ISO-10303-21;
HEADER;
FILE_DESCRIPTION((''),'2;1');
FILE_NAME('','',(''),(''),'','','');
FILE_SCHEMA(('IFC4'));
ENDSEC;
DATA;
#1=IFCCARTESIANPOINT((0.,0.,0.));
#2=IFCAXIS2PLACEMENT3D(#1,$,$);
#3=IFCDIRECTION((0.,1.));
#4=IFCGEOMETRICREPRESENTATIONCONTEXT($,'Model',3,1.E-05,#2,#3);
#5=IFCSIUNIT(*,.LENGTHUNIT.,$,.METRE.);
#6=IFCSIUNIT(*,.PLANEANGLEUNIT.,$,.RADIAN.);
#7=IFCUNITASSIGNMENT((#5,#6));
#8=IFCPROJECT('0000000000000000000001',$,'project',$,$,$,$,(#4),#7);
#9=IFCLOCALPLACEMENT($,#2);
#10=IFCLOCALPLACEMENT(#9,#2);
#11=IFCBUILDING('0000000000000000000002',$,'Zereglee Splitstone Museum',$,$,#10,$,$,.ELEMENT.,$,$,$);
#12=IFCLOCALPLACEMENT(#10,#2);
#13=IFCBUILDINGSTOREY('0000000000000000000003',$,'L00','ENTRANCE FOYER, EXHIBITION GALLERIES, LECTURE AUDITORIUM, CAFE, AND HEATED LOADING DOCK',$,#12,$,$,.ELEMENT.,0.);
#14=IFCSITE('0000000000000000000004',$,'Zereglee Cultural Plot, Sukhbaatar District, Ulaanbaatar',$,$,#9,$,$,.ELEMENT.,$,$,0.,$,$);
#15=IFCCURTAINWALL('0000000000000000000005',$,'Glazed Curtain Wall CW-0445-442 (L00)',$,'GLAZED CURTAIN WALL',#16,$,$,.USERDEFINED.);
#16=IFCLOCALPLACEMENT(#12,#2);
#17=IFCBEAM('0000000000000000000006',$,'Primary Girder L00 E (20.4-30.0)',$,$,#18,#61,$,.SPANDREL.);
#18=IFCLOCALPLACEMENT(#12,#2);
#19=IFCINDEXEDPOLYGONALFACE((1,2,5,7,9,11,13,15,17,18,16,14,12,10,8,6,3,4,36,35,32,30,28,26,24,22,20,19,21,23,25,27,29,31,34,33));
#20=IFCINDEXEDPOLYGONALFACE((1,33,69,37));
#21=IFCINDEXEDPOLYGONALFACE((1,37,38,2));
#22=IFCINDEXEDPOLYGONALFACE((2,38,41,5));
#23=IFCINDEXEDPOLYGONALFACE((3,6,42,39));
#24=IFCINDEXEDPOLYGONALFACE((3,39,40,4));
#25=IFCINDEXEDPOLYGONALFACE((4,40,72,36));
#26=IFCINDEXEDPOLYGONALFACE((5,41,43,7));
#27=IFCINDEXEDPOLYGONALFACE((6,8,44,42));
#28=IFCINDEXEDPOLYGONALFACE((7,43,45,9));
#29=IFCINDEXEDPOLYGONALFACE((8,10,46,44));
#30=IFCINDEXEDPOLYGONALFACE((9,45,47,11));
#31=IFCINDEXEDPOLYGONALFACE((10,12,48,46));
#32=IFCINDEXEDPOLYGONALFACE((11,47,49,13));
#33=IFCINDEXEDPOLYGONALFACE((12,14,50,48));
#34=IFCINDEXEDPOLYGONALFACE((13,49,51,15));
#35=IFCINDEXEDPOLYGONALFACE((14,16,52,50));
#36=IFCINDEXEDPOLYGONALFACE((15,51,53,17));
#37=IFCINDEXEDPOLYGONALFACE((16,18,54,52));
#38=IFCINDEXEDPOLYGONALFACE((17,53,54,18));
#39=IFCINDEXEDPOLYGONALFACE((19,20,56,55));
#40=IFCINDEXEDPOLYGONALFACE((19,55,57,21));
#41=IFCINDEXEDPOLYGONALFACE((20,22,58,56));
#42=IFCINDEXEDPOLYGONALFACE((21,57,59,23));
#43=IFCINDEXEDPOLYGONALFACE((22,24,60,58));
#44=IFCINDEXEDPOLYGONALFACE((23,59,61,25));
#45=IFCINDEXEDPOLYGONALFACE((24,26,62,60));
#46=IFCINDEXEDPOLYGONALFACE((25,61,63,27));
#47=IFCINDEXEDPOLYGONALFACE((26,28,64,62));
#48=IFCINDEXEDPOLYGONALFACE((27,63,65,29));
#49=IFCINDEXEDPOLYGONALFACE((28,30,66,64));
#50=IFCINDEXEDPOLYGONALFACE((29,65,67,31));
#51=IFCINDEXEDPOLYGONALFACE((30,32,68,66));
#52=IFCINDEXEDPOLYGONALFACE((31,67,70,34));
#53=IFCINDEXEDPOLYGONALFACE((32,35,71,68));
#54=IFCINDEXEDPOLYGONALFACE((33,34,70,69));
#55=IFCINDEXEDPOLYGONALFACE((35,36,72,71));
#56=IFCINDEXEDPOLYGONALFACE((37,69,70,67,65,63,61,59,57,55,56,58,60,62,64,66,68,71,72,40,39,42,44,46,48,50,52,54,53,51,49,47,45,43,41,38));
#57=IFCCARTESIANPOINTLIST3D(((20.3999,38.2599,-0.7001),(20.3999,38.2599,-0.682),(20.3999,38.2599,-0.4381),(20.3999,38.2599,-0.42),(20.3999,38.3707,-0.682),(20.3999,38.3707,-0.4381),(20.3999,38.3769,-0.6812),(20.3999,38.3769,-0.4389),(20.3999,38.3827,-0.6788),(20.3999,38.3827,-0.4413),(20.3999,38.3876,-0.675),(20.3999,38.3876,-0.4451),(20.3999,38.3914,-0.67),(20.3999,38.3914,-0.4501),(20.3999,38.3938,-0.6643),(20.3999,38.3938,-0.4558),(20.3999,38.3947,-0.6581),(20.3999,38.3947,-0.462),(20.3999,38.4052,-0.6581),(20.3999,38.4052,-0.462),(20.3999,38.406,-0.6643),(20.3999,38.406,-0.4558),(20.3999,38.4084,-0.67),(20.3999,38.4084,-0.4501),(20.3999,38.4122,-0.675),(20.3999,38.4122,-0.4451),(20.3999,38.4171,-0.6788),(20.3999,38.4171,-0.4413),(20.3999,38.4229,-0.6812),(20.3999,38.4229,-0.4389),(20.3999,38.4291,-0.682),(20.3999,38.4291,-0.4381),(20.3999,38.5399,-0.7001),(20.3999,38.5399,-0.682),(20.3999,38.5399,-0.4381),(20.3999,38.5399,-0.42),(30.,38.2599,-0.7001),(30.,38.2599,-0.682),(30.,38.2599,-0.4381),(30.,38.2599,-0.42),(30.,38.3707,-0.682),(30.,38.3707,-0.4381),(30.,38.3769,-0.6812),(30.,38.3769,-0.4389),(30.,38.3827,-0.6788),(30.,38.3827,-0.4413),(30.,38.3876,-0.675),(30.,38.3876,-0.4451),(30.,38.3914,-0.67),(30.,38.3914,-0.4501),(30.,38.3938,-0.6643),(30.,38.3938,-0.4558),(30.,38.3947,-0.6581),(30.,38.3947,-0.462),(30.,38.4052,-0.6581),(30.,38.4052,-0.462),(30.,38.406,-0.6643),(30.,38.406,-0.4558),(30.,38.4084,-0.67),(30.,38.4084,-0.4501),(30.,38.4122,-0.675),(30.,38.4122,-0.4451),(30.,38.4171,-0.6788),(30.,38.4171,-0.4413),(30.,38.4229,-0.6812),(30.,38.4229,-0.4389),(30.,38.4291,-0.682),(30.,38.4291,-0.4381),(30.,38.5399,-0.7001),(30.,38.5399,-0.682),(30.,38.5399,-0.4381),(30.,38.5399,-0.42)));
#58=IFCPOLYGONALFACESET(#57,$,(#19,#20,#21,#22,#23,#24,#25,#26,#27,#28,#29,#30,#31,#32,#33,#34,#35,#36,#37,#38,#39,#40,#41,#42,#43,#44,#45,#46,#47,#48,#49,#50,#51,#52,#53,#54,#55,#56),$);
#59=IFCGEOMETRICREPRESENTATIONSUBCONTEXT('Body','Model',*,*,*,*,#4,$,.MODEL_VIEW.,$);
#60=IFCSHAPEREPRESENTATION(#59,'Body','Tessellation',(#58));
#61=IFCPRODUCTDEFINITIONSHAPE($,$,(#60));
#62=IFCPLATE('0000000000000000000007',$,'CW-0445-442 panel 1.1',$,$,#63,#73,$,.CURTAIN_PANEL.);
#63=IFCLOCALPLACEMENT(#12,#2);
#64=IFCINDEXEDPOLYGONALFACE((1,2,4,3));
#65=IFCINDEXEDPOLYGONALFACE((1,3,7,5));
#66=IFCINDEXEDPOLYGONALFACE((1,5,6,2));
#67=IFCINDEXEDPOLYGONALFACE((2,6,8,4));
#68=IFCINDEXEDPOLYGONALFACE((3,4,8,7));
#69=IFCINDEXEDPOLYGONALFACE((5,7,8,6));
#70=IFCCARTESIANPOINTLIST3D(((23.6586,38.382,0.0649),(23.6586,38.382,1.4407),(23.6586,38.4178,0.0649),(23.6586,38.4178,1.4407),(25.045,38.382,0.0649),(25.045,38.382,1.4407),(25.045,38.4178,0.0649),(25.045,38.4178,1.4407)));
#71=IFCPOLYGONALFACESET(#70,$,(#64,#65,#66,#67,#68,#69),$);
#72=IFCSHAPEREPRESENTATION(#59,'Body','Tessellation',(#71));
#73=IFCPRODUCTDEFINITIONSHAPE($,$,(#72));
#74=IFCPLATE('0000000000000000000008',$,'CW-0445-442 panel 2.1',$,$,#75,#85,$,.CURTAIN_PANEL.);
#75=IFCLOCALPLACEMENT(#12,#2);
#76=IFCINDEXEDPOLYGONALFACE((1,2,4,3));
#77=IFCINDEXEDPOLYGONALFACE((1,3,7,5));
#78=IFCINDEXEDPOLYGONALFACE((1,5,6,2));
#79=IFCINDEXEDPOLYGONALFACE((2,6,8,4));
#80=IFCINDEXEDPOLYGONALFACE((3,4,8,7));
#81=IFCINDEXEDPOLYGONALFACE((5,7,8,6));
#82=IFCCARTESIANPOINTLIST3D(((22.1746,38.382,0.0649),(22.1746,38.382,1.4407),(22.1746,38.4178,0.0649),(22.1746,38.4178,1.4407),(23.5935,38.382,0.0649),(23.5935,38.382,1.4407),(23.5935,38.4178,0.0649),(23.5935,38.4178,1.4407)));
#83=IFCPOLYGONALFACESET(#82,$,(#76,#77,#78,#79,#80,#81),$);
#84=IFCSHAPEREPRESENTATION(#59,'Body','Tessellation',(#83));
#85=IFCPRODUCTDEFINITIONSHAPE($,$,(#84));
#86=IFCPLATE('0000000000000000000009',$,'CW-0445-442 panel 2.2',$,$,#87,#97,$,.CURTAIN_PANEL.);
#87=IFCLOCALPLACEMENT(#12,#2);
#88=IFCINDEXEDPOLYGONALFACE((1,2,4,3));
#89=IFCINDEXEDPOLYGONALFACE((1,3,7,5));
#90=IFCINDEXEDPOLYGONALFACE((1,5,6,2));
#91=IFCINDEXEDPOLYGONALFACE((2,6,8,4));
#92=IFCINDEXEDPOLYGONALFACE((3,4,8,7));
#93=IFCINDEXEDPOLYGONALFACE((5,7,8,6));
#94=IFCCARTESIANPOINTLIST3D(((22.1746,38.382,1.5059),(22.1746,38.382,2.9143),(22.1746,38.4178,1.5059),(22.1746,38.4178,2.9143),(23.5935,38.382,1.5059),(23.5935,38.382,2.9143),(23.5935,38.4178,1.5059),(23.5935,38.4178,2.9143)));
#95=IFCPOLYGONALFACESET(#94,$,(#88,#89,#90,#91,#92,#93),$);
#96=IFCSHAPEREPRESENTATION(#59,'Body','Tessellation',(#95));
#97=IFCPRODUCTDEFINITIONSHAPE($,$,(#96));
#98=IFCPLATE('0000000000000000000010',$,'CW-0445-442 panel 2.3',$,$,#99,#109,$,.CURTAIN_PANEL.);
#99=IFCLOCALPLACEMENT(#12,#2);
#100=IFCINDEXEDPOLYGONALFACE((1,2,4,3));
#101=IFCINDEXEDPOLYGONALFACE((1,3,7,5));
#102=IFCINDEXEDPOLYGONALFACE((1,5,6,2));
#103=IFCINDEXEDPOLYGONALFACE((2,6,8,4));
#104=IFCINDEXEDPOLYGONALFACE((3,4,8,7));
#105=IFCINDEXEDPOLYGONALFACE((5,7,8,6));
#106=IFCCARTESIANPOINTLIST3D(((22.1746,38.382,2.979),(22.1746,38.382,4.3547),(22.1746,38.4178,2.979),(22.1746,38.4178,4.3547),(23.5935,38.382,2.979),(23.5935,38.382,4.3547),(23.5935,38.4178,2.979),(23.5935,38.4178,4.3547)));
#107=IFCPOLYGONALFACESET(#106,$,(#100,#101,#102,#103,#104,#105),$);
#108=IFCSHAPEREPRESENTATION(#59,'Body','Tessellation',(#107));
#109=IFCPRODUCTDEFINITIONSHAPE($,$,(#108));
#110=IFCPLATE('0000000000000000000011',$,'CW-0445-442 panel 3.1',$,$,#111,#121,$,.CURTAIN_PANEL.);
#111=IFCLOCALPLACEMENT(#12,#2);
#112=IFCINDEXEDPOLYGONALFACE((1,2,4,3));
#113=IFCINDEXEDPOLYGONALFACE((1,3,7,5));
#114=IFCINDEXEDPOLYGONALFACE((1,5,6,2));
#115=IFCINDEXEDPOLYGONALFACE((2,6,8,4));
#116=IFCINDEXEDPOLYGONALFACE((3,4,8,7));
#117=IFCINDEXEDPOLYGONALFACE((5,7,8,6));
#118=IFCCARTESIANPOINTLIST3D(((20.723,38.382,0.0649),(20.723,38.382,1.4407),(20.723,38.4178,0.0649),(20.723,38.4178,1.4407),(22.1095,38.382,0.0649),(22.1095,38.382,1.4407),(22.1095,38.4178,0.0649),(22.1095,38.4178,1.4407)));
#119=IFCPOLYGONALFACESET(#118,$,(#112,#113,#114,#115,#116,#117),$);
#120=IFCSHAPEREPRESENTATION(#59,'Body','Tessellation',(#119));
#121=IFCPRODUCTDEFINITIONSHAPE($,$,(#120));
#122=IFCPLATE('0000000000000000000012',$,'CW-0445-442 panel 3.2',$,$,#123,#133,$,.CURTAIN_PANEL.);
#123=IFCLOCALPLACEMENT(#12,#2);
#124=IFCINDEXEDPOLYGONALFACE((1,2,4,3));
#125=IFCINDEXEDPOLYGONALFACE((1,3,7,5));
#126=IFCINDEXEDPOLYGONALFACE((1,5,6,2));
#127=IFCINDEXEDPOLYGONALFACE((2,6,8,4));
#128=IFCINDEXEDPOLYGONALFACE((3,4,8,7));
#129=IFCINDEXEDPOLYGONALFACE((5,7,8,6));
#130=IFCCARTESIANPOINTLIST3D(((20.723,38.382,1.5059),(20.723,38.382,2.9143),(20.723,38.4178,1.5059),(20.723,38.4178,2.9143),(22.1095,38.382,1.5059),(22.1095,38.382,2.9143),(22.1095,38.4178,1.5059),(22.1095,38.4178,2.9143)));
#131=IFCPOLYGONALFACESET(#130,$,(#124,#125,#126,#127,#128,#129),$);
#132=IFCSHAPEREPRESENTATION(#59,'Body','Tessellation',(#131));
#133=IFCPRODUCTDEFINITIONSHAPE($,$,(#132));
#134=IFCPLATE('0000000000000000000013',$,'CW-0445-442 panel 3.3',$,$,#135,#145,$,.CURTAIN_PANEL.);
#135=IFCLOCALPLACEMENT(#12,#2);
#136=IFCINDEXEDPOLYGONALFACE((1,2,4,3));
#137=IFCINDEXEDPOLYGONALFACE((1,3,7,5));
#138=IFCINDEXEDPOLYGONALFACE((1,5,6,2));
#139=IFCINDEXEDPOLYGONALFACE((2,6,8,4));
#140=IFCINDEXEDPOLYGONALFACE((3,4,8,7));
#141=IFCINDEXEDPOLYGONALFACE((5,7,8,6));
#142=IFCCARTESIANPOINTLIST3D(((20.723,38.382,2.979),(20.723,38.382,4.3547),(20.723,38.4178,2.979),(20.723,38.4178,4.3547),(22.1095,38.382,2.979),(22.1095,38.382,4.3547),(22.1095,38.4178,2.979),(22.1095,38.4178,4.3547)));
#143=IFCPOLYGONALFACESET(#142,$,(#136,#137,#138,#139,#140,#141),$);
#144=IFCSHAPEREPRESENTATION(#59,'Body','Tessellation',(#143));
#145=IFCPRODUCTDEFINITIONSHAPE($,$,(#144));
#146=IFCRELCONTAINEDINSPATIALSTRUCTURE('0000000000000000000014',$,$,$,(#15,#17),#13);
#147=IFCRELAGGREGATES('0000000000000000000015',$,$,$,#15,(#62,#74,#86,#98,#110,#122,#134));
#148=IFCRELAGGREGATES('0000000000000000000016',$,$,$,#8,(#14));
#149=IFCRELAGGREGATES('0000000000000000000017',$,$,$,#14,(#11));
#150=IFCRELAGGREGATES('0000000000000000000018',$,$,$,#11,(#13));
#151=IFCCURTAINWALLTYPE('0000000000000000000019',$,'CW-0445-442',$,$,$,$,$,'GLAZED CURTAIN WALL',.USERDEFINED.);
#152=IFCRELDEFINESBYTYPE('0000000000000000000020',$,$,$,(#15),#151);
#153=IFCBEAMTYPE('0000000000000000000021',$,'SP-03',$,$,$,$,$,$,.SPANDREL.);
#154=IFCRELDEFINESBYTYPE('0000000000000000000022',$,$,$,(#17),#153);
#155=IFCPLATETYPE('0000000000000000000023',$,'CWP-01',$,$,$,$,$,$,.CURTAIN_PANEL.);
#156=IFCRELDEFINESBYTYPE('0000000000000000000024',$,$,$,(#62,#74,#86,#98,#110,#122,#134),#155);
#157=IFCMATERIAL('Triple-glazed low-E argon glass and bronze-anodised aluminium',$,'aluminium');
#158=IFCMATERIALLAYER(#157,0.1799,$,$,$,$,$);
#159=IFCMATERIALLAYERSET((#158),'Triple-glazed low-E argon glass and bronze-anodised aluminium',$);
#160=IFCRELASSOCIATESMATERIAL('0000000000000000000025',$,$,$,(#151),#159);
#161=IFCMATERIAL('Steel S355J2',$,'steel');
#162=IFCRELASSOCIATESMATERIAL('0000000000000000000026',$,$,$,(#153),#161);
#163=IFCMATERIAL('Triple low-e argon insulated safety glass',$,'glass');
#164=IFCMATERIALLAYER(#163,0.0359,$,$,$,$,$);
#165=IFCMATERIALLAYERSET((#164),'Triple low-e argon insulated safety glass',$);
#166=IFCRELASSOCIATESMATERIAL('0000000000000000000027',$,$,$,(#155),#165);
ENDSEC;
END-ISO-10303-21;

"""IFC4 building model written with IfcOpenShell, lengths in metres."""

from ifc_helpers import new_model, si_unit, direction, frame, origin, origin_2d, place, context, subcontext, project, spatial, rectangle, i_section, extrude, material, layer, layer_set, material_profile, profile_set, type_object, element, aggregate, save


model = new_model("IFC4")

# Units and contexts
model_context = context("Model", 3, precision=1e-05, world=origin(), true_north=direction((0.0, 1.0)))
body_context = subcontext(model_context, "Body", "Model", "MODEL_VIEW")
ifc_project = project(units=[si_unit("LENGTHUNIT", "METRE"), si_unit("PLANEANGLEUNIT", "RADIAN")], contexts=[model_context])

# Site, building, storey
site_placement = place(None, origin())
site = spatial("IfcSite", under=ifc_project, at=site_placement, Name="Zereglee Cultural Plot, Sukhbaatar District, Ulaanbaatar", CompositionType="ELEMENT", RefElevation=0.0)
building_placement = place(site_placement, origin())
building = spatial("IfcBuilding", under=site, at=building_placement, Name="Zereglee Splitstone Museum", CompositionType="ELEMENT")
storey_placement = place(building_placement, origin())
storey = spatial("IfcBuildingStorey", under=building, at=storey_placement, Name="L00", Description="ENTRANCE FOYER, EXHIBITION GALLERIES, LECTURE AUDITORIUM, CAFE, AND HEATED LOADING DOCK", CompositionType="ELEMENT", Elevation=0.0)

# Curtain wall
ifc_material_1 = material(Name="Triple-glazed low-E argon glass and bronze-anodised aluminium", Category="aluminium")
ifc_layer_1 = layer(ifc_material_1, 0.1799)
ifc_layer_set_1 = layer_set([ifc_layer_1], Name="Triple-glazed low-E argon glass and bronze-anodised aluminium")
curtain_wall_type = type_object("IfcCurtainWallType", Name="CW-0445-442", ElementType="GLAZED CURTAIN WALL", PredefinedType="USERDEFINED", material=ifc_layer_set_1)
curtain_wall_placement = place(storey_placement, origin())
curtain_wall = element("IfcCurtainWall", 1, at=curtain_wall_placement, inside=storey, type_object=curtain_wall_type, Name="Glazed Curtain Wall CW-0445-442 (L00)", ObjectType="GLAZED CURTAIN WALL", PredefinedType="USERDEFINED")

# Beam
ifc_material_2 = material(Name="Steel S355J2", Category="steel")
ifc_material_profile_1 = material_profile(ifc_material_2, i_section(OverallWidth=0.28, OverallDepth=0.28, WebThickness=0.0105, FlangeThickness=0.0181, FilletRadius=0.0239, at=origin_2d()), Name="HE 280 B")
ifc_profile_set_1 = profile_set([ifc_material_profile_1], Name="Steel S355J2")
beam_type_1 = type_object("IfcBeamType", Name="SP-03", PredefinedType="SPANDREL", material=ifc_profile_set_1)
beam_1_placement = place(storey_placement, frame((20.3999, 38.3999, -0.5601), z_axis=(1.0, 0.0, 0.0), x_axis=(0.0, 1.0, 0.0)))
element("IfcBeam", 2, at=beam_1_placement, inside=storey, type_object=beam_type_1, Name="Primary Girder L00 E (20.4-30.0)", PredefinedType="SPANDREL", context=body_context, shape_type="SweptSolid", body=[
    extrude(i_section(OverallWidth=0.28, OverallDepth=0.28, WebThickness=0.0105, FlangeThickness=0.0181, FilletRadius=0.0239, at=origin_2d()), origin(), (0.0, 0.0, 1.0), 9.6001),
])

# Plates
ifc_material_3 = material(Name="Triple low-e argon insulated safety glass", Category="glass")
ifc_layer_2 = layer(ifc_material_3, 0.0359)
ifc_layer_set_2 = layer_set([ifc_layer_2], Name="Triple low-e argon insulated safety glass")
plate_type = type_object("IfcPlateType", Name="CWP-01", PredefinedType="CURTAIN_PANEL", material=ifc_layer_set_2)
plate_1_placement = place(storey_placement, frame((24.3518, 38.3999, 0.0649), z_axis=(0.0, 0.0, 1.0), x_axis=(-1.0, 0.0, 0.0)))
plate_1 = element("IfcPlate", 3, at=plate_1_placement, type_object=plate_type, Name="CW-0445-442 panel 1.1", PredefinedType="CURTAIN_PANEL", context=body_context, shape_type="SweptSolid", body=[
    extrude(rectangle(XDim=1.3865, YDim=0.0359, at=origin_2d()), origin(), (0.0, 0.0, 1.0), 1.3757),
])
plate_2_placement = place(storey_placement, frame((22.884, 38.3999, 0.0649), z_axis=(0.0, 0.0, 1.0), x_axis=(-1.0, 0.0, 0.0)))
plate_2 = element("IfcPlate", 4, at=plate_2_placement, type_object=plate_type, Name="CW-0445-442 panel 2.1", PredefinedType="CURTAIN_PANEL", context=body_context, shape_type="SweptSolid", body=[
    extrude(rectangle(XDim=1.4189, YDim=0.0359, at=origin_2d()), origin(), (0.0, 0.0, 1.0), 1.3757),
])
plate_3_placement = place(storey_placement, frame((22.884, 38.3999, 1.5059), z_axis=(0.0, 0.0, 1.0), x_axis=(-1.0, 0.0, 0.0)))
plate_3 = element("IfcPlate", 5, at=plate_3_placement, type_object=plate_type, Name="CW-0445-442 panel 2.2", PredefinedType="CURTAIN_PANEL", context=body_context, shape_type="SweptSolid", body=[
    extrude(rectangle(XDim=1.4189, YDim=0.0359, at=origin_2d()), origin(), (0.0, 0.0, 1.0), 1.4084),
])
plate_4_placement = place(storey_placement, frame((22.884, 38.3999, 2.979), z_axis=(0.0, 0.0, 1.0), x_axis=(-1.0, 0.0, 0.0)))
plate_4 = element("IfcPlate", 6, at=plate_4_placement, type_object=plate_type, Name="CW-0445-442 panel 2.3", PredefinedType="CURTAIN_PANEL", context=body_context, shape_type="SweptSolid", body=[
    extrude(rectangle(XDim=1.4189, YDim=0.0359, at=origin_2d()), origin(), (0.0, 0.0, 1.0), 1.3757),
])
plate_5_placement = place(storey_placement, frame((21.4163, 38.3999, 0.0649), z_axis=(0.0, 0.0, 1.0), x_axis=(-1.0, 0.0, 0.0)))
plate_5 = element("IfcPlate", 7, at=plate_5_placement, type_object=plate_type, Name="CW-0445-442 panel 3.1", PredefinedType="CURTAIN_PANEL", context=body_context, shape_type="SweptSolid", body=[
    extrude(rectangle(XDim=1.3865, YDim=0.0359, at=origin_2d()), origin(), (0.0, 0.0, 1.0), 1.3757),
])
plate_6_placement = place(storey_placement, frame((21.4163, 38.3999, 1.5059), z_axis=(0.0, 0.0, 1.0), x_axis=(-1.0, 0.0, 0.0)))
plate_6 = element("IfcPlate", 8, at=plate_6_placement, type_object=plate_type, Name="CW-0445-442 panel 3.2", PredefinedType="CURTAIN_PANEL", context=body_context, shape_type="SweptSolid", body=[
    extrude(rectangle(XDim=1.3865, YDim=0.0359, at=origin_2d()), origin(), (0.0, 0.0, 1.0), 1.4084),
])
plate_7_placement = place(storey_placement, frame((21.4163, 38.3999, 2.979), z_axis=(0.0, 0.0, 1.0), x_axis=(-1.0, 0.0, 0.0)))
plate_7 = element("IfcPlate", 9, at=plate_7_placement, type_object=plate_type, Name="CW-0445-442 panel 3.3", PredefinedType="CURTAIN_PANEL", context=body_context, shape_type="SweptSolid", body=[
    extrude(rectangle(XDim=1.3865, YDim=0.0359, at=origin_2d()), origin(), (0.0, 0.0, 1.0), 1.3757),
])
aggregate(curtain_wall, [plate_1, plate_2, plate_3, plate_4, plate_5, plate_6, plate_7])

save(model, "model.ifc")
